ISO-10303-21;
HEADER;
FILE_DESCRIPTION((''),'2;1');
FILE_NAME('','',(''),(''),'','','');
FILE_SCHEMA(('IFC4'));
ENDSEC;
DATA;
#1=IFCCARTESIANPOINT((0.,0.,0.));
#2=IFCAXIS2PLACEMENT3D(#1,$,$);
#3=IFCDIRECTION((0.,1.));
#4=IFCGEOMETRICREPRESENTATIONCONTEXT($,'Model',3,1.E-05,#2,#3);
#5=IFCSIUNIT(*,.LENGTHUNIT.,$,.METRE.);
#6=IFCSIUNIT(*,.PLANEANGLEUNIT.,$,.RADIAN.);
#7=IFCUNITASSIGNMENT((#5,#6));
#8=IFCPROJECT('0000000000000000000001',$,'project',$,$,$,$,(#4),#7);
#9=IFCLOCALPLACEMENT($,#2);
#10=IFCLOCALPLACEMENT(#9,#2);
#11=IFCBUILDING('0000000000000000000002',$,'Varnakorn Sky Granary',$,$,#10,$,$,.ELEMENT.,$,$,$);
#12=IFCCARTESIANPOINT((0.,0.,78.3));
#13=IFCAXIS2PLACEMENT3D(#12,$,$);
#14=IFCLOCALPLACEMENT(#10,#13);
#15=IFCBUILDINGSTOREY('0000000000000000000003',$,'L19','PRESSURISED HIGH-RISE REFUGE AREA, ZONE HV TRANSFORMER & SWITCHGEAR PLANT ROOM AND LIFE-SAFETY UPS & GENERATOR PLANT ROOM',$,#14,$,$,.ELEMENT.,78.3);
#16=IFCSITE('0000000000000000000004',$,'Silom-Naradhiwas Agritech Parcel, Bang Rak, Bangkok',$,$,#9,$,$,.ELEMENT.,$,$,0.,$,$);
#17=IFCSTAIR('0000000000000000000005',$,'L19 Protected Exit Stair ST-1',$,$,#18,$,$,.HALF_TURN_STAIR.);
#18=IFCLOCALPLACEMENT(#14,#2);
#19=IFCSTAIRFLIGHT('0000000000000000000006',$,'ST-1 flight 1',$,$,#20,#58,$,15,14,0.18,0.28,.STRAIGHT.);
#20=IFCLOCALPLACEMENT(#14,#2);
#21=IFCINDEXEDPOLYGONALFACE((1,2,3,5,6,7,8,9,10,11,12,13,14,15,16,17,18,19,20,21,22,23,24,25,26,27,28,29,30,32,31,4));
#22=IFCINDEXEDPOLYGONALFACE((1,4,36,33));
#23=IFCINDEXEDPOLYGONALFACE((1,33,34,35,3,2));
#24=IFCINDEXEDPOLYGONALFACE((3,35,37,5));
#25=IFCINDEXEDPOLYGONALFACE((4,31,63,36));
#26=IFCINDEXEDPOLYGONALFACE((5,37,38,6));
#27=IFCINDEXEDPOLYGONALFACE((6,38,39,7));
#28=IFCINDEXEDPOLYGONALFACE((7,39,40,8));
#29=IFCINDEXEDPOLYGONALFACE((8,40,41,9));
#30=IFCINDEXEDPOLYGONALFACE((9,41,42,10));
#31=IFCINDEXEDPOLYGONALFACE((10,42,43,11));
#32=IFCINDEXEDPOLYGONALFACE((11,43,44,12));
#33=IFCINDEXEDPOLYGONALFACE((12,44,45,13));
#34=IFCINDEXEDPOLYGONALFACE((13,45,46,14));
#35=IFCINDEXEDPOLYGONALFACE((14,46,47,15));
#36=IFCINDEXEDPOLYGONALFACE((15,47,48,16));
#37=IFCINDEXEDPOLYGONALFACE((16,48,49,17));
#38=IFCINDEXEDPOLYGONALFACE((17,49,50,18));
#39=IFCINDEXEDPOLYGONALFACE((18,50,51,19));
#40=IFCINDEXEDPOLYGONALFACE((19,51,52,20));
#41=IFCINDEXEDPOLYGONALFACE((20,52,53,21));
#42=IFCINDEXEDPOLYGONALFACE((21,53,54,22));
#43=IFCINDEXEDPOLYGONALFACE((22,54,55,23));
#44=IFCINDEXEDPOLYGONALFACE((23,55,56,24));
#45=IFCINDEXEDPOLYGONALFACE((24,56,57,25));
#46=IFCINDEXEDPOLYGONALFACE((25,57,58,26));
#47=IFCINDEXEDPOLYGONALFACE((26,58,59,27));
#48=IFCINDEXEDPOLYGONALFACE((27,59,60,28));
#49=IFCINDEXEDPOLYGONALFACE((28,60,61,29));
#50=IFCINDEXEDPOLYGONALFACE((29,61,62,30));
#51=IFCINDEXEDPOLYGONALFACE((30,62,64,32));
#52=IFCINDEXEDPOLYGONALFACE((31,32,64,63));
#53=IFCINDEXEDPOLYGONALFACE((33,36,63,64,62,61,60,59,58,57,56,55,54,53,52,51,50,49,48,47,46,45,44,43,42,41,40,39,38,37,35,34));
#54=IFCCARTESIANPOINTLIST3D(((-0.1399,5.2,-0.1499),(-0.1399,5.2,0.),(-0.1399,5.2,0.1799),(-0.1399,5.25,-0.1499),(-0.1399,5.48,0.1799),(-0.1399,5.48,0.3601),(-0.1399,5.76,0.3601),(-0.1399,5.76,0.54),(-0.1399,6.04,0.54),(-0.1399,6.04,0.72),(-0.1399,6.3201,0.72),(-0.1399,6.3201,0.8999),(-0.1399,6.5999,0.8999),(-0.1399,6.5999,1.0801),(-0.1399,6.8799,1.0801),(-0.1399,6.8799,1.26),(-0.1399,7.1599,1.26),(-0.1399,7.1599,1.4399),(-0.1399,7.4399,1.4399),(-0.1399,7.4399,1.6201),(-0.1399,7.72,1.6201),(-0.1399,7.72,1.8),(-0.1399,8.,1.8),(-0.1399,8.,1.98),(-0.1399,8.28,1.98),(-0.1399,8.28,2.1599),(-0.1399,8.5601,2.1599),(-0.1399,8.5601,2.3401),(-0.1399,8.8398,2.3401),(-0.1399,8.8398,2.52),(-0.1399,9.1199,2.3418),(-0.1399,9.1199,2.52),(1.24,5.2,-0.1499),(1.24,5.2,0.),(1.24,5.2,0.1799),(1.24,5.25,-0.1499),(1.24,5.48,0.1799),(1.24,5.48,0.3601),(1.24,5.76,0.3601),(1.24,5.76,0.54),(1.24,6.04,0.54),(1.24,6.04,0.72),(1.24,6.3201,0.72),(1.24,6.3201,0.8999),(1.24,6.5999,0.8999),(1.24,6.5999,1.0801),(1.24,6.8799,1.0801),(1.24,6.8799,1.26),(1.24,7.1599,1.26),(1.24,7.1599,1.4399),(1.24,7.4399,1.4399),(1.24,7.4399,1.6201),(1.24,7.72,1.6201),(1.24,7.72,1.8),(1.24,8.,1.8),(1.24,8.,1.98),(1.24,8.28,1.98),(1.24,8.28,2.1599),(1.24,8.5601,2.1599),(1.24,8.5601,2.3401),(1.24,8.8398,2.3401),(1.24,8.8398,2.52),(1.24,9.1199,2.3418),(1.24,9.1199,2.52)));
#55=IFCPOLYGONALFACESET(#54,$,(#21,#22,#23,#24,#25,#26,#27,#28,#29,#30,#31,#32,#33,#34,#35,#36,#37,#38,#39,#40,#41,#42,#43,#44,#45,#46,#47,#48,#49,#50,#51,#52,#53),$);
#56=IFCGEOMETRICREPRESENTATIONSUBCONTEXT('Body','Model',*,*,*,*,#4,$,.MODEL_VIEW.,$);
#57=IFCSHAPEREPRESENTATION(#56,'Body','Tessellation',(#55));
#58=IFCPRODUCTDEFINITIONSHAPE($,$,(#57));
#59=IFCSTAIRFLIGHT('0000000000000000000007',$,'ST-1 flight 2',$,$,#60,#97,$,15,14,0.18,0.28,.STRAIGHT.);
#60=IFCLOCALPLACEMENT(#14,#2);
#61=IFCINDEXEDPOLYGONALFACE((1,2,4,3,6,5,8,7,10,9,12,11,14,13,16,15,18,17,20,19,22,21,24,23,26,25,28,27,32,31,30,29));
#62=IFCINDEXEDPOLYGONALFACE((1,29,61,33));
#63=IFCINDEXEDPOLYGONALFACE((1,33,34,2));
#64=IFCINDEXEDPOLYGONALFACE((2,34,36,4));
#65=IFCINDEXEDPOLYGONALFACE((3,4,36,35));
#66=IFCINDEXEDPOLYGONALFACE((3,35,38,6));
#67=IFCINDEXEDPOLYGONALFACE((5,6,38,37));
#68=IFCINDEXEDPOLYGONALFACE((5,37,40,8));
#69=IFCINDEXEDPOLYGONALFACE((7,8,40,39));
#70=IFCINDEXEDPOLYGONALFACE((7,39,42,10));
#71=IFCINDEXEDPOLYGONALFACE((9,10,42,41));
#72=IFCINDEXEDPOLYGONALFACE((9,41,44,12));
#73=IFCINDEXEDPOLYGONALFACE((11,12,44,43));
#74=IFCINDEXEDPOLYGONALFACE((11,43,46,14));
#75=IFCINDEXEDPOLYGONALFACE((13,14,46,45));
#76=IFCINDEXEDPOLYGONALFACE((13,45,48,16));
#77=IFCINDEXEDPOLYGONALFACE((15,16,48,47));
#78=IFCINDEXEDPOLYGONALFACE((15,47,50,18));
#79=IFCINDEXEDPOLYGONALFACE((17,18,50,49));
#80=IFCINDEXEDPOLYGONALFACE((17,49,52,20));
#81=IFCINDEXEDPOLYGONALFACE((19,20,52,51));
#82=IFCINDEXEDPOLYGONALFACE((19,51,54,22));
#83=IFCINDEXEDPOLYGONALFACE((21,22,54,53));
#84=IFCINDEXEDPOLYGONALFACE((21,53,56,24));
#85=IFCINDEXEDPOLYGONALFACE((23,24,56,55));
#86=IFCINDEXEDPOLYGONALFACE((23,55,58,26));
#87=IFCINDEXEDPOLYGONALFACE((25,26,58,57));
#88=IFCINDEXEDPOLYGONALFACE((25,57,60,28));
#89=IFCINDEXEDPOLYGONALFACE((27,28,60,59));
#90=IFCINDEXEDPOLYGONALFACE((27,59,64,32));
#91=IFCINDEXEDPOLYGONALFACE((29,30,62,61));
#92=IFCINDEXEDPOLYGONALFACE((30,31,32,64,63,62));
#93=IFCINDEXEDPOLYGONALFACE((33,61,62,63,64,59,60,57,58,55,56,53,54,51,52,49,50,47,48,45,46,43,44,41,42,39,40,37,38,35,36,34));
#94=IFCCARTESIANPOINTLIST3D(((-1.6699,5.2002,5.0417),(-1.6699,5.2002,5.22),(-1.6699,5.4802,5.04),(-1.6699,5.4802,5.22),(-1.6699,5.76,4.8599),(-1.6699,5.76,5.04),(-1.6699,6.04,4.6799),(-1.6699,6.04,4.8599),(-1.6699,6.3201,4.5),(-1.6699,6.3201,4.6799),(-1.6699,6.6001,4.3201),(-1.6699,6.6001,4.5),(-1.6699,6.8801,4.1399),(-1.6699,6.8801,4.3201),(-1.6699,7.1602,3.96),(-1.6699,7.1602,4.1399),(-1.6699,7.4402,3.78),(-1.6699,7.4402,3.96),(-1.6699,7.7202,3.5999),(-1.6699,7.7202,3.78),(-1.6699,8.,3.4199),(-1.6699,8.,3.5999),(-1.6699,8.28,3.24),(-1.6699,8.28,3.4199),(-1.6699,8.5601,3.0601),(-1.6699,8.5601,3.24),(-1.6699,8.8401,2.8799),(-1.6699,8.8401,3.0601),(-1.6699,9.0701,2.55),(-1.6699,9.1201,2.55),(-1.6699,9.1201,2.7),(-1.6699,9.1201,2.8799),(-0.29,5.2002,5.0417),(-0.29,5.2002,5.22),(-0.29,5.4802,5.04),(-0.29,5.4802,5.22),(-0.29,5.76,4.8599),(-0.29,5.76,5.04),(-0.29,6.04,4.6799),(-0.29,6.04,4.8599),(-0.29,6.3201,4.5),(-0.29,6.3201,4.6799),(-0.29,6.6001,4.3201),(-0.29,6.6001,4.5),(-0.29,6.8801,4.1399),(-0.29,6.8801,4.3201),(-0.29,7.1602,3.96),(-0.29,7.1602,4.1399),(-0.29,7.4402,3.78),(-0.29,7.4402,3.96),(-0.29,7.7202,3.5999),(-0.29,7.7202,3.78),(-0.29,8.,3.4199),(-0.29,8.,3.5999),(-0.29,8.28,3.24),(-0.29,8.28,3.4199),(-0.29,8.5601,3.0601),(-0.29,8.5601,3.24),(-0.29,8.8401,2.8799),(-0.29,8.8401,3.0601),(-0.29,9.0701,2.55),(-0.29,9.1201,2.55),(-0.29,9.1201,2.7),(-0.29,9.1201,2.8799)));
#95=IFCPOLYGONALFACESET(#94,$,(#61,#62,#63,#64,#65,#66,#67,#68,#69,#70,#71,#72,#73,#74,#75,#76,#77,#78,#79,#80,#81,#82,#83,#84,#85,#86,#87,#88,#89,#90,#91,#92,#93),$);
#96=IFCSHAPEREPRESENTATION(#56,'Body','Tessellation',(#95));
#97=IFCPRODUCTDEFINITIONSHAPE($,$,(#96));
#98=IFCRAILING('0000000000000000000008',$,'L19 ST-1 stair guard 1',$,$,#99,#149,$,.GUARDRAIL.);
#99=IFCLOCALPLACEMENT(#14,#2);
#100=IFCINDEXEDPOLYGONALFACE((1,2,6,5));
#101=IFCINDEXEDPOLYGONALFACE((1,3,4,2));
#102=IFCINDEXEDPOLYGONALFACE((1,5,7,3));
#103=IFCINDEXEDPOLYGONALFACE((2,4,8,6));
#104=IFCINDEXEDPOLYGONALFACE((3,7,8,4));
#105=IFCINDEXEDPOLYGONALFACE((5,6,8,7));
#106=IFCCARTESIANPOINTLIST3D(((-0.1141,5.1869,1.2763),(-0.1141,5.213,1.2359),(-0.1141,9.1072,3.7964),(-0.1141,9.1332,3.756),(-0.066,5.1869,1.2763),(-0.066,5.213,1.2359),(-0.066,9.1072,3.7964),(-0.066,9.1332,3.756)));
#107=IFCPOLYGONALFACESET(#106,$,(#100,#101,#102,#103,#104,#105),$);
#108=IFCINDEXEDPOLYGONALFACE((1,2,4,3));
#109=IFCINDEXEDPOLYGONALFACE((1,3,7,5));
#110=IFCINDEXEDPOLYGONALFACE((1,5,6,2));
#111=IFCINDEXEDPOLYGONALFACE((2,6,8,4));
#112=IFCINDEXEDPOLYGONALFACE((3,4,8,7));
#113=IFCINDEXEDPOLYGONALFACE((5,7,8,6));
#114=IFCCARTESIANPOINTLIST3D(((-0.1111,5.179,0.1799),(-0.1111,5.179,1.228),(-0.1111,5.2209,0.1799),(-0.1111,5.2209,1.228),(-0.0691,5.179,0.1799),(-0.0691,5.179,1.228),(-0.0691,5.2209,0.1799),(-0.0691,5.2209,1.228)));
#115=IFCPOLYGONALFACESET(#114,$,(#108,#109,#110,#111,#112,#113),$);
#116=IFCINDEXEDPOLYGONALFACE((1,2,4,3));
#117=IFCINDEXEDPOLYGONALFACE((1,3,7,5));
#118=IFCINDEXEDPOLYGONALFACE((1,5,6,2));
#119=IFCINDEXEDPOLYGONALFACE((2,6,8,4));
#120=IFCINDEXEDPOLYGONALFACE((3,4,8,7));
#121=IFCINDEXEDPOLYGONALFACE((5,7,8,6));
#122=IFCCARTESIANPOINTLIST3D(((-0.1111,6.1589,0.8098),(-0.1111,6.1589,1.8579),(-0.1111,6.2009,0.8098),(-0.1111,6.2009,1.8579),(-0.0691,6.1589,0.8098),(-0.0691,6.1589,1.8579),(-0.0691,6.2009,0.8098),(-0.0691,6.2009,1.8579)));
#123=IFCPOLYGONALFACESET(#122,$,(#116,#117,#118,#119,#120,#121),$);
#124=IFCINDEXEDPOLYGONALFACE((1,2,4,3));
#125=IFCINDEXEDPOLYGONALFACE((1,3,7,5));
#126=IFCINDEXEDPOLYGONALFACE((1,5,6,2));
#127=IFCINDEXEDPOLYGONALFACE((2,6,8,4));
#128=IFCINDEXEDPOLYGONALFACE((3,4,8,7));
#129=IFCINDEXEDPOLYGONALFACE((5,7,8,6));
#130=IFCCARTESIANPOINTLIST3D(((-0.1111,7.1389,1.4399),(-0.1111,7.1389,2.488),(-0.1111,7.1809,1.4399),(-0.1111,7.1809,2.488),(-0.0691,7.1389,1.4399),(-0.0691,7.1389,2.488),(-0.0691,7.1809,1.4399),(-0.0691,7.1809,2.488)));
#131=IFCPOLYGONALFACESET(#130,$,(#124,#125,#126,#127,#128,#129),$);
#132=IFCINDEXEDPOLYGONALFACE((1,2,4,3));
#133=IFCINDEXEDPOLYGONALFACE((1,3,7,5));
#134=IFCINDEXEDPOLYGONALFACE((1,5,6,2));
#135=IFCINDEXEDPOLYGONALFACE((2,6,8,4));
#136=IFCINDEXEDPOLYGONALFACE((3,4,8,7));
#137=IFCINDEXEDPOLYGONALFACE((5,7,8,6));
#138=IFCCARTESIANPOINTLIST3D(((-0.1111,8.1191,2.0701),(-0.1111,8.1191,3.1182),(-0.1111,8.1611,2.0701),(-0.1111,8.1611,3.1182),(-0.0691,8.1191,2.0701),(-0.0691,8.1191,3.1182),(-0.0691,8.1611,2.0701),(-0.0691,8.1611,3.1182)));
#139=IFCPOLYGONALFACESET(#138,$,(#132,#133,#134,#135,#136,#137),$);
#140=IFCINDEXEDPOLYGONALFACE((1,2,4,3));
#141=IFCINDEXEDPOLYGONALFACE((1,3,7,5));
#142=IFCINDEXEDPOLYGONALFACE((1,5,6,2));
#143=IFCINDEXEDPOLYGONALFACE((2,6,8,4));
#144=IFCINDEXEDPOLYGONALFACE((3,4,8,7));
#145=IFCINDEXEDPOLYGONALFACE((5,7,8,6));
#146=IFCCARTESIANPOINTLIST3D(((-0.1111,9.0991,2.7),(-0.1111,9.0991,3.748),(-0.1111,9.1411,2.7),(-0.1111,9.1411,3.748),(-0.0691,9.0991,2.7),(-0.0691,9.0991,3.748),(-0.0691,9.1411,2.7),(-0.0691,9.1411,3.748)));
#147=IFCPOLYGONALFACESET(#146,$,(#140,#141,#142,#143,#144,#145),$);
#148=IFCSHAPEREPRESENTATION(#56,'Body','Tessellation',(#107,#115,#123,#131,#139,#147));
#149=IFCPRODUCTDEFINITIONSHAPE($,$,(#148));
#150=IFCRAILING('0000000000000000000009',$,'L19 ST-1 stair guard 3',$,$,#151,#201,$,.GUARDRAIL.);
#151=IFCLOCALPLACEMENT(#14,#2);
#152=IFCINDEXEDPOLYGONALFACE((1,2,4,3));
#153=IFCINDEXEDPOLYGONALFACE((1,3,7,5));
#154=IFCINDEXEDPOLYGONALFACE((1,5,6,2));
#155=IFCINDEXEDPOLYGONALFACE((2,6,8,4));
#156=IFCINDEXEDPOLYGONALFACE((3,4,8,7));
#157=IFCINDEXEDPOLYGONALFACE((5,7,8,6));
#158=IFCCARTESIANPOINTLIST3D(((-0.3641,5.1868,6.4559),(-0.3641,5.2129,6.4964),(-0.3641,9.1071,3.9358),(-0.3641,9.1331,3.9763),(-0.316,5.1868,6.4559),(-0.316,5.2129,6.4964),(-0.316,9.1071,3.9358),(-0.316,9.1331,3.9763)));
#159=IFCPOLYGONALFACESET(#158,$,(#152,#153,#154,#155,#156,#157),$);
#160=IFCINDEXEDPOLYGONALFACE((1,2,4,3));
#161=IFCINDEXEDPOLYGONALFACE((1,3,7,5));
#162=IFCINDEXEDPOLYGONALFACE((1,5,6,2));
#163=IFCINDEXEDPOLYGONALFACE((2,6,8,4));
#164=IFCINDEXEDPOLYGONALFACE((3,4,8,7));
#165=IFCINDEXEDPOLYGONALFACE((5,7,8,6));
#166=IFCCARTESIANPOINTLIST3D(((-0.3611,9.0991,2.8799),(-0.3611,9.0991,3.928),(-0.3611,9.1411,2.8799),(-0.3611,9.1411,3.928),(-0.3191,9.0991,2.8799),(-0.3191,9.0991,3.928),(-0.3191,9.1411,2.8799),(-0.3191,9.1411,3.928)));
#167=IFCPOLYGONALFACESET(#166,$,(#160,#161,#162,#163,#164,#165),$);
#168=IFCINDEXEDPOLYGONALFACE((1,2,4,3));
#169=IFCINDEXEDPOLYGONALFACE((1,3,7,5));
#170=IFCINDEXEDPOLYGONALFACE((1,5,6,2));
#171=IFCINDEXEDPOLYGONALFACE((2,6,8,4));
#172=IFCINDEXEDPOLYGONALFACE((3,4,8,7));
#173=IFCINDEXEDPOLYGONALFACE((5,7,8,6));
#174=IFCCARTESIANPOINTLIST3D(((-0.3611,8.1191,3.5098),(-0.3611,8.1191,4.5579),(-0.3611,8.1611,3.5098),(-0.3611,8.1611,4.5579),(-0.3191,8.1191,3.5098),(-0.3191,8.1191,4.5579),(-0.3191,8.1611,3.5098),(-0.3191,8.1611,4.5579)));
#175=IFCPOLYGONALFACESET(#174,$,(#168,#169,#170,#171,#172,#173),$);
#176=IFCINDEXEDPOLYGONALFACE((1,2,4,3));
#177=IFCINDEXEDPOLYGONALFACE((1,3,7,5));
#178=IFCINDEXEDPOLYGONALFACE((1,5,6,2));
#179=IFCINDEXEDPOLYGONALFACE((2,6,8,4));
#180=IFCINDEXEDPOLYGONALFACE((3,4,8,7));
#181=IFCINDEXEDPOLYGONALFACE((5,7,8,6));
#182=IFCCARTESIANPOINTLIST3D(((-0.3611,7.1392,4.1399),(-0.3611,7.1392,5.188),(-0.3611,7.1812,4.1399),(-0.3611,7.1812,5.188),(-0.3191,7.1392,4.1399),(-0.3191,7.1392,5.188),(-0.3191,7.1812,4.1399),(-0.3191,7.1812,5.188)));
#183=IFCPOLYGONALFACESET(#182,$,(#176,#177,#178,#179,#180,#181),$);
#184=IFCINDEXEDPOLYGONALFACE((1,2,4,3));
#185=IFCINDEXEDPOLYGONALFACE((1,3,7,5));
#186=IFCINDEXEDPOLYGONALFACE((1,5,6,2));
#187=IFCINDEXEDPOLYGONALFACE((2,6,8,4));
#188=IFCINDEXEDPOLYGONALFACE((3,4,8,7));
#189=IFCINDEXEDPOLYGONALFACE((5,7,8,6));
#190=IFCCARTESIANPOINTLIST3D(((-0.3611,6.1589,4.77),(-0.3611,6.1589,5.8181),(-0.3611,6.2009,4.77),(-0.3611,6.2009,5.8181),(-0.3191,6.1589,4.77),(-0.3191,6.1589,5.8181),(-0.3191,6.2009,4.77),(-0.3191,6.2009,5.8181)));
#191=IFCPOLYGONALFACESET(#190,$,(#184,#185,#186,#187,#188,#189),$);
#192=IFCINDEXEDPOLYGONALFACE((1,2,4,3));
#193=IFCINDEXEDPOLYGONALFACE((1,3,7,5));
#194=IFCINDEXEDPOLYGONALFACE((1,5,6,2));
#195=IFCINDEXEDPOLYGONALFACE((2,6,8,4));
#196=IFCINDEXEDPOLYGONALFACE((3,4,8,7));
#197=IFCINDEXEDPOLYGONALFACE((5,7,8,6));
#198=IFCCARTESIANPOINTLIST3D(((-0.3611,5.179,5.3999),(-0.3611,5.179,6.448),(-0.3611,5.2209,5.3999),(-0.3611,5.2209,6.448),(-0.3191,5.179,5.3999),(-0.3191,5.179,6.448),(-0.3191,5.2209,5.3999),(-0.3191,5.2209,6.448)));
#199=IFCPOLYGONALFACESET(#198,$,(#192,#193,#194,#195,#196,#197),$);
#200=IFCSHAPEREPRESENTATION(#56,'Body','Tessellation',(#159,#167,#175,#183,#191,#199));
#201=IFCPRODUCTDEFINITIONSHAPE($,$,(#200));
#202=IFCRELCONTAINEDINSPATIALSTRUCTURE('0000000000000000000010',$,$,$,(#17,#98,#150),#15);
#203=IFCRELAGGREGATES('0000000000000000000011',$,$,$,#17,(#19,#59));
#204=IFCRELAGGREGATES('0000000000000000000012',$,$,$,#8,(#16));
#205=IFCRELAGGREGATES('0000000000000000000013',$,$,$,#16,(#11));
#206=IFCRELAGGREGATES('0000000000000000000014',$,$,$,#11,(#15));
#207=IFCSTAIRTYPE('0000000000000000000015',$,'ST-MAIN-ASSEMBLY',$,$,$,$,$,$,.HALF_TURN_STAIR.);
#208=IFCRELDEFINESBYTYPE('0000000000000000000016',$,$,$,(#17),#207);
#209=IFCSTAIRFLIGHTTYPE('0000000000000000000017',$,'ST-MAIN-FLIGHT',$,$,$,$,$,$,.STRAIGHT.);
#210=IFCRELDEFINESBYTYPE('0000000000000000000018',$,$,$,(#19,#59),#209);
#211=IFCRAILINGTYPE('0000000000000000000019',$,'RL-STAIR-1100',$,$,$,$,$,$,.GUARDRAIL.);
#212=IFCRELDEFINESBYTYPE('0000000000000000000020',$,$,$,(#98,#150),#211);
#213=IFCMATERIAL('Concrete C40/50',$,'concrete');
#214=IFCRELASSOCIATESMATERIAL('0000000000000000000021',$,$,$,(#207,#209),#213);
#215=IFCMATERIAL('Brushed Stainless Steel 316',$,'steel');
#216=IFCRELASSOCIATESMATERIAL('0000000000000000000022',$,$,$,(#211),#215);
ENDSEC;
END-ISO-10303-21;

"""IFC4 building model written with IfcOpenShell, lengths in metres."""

from ifc_helpers import new_model, si_unit, direction, frame, origin, origin_2d, place, context, subcontext, project, spatial, polyline, rectangle, outline, extrude, material, type_object, element, aggregate, save


model = new_model("IFC4")

# Units and contexts
model_context = context("Model", 3, precision=1e-05, world=origin(), true_north=direction((0.0, 1.0)))
body_context = subcontext(model_context, "Body", "Model", "MODEL_VIEW")
ifc_project = project(units=[si_unit("LENGTHUNIT", "METRE"), si_unit("PLANEANGLEUNIT", "RADIAN")], contexts=[model_context])

# Site, building, storey
site_placement = place(None, origin())
site = spatial("IfcSite", under=ifc_project, at=site_placement, Name="Silom-Naradhiwas Agritech Parcel, Bang Rak, Bangkok", CompositionType="ELEMENT", RefElevation=0.0)
building_placement = place(site_placement, origin())
building = spatial("IfcBuilding", under=site, at=building_placement, Name="Varnakorn Sky Granary", CompositionType="ELEMENT")
storey_placement = place(building_placement, frame((0.0, 0.0, 78.3)))
storey = spatial("IfcBuildingStorey", under=building, at=storey_placement, Name="L19", Description="PRESSURISED HIGH-RISE REFUGE AREA, ZONE HV TRANSFORMER & SWITCHGEAR PLANT ROOM AND LIFE-SAFETY UPS & GENERATOR PLANT ROOM", CompositionType="ELEMENT", Elevation=78.3)

# Stair, stair flights
ifc_material_1 = material(Name="Concrete C40/50", Category="concrete")
stair_type = type_object("IfcStairType", Name="ST-MAIN-ASSEMBLY", PredefinedType="HALF_TURN_STAIR", material=ifc_material_1)
stair_placement = place(storey_placement, origin())
stair = element("IfcStair", 1, at=stair_placement, inside=storey, type_object=stair_type, Name="L19 Protected Exit Stair ST-1", PredefinedType="HALF_TURN_STAIR")
stair_flight_type = type_object("IfcStairFlightType", Name="ST-MAIN-FLIGHT", PredefinedType="STRAIGHT", material=ifc_material_1)
stair_flight_1_placement = place(storey_placement, frame((0.55, 5.2, 0.0), z_axis=(0.0, 0.0, 1.0), x_axis=(0.0, 1.0, 0.0)))
stair_flight_1 = element("IfcStairFlight", 2, at=stair_flight_1_placement, type_object=stair_flight_type, Name="ST-1 flight 1", NumberOfRisers=15, NumberOfTreads=14, PredefinedType="STRAIGHT", RiserHeight=0.18, TreadLength=0.28, context=body_context, shape_type="SweptSolid", body=[
    extrude(outline(polyline([(0.0, -0.1499), (0.0, 0.0), (0.0, 0.1799), (0.28, 0.1799), (0.28, 0.3601), (0.5601, 0.3601), (0.5601, 0.54), (0.8401, 0.54), (0.8401, 0.72), (1.1201, 0.72), (1.1201, 0.8999), (1.3999, 0.8999), (1.3999, 1.0801), (1.6799, 1.0801), (1.6799, 1.26), (1.96, 1.26), (1.96, 1.4399), (2.24, 1.4399), (2.24, 1.6201), (2.52, 1.6201), (2.52, 1.8), (2.8, 1.8), (2.8, 1.98), (3.0801, 1.98), (3.0801, 2.1599), (3.3601, 2.1599), (3.3601, 2.3401), (3.6399, 2.3401), (3.6399, 2.52), (3.9199, 2.52), (3.9199, 2.7), (3.9199, 2.3418), (0.05, -0.1499), (0.0, -0.1499)])), frame((0.0, 0.6899, 0.0), z_axis=(0.0, -1.0, 0.0), x_axis=(1.0, 0.0, 0.0)), (0.0, 0.0, 1.0), 1.3799),
])
stair_flight_2_placement = place(storey_placement, frame((-0.98, 9.1201, 2.7), z_axis=(0.0, 0.0, 1.0), x_axis=(0.0, -1.0, 0.0)))
stair_flight_2 = element("IfcStairFlight", 3, at=stair_flight_2_placement, type_object=stair_flight_type, Name="ST-1 flight 2", NumberOfRisers=15, NumberOfTreads=14, PredefinedType="STRAIGHT", RiserHeight=0.18, TreadLength=0.28, context=body_context, shape_type="SweptSolid", body=[
    extrude(outline(polyline([(0.0, -0.1499), (0.0, 0.0), (0.0, 0.1799), (0.28, 0.1799), (0.28, 0.3601), (0.5601, 0.3601), (0.5601, 0.54), (0.8401, 0.54), (0.8401, 0.72), (1.1201, 0.72), (1.1201, 0.8999), (1.3999, 0.8999), (1.3999, 1.0801), (1.6799, 1.0801), (1.6799, 1.26), (1.96, 1.26), (1.96, 1.4399), (2.24, 1.4399), (2.24, 1.6201), (2.52, 1.6201), (2.52, 1.8), (2.8, 1.8), (2.8, 1.98), (3.0801, 1.98), (3.0801, 2.1599), (3.3601, 2.1599), (3.3601, 2.3401), (3.6399, 2.3401), (3.6399, 2.52), (3.9199, 2.52), (3.9199, 2.7), (3.9199, 2.3418), (0.05, -0.1499), (0.0, -0.1499)])), frame((0.0, 0.6899, 0.0), z_axis=(0.0, -1.0, 0.0), x_axis=(1.0, 0.0, 0.0)), (0.0, 0.0, 1.0), 1.3799),
])
aggregate(stair, [stair_flight_1, stair_flight_2])

# Railings
ifc_material_2 = material(Name="Brushed Stainless Steel 316", Category="steel")
railing_type_1 = type_object("IfcRailingType", Name="RL-STAIR-1100", PredefinedType="GUARDRAIL", material=ifc_material_2)
railing_1_placement = place(storey_placement, frame((-0.0901, 5.2, 0.1799)))
element("IfcRailing", 4, at=railing_1_placement, inside=storey, type_object=railing_type_1, Name="L19 ST-1 stair guard 1", PredefinedType="GUARDRAIL", context=body_context, shape_type="SweptSolid", body=[
    extrude(rectangle(XDim=0.0481, YDim=0.0481, at=origin_2d()), frame((0.0, 0.0, 1.0762), z_axis=(0.0, 0.841187, 0.540744), x_axis=(-1.0, 0.0, 0.0)), (0.0, 0.0, 1.0), 4.6604),
    extrude(rectangle(XDim=0.042, YDim=0.042, at=origin_2d()), origin(), (0.0, 0.0, 1.0), 1.0481),
    extrude(rectangle(XDim=0.042, YDim=0.042, at=origin_2d()), frame((0.0, 0.98, 0.6299)), (0.0, 0.0, 1.0), 1.0481),
    extrude(rectangle(XDim=0.042, YDim=0.042, at=origin_2d()), frame((0.0, 1.96, 1.26)), (0.0, 0.0, 1.0), 1.0481),
    extrude(rectangle(XDim=0.042, YDim=0.042, at=origin_2d()), frame((0.0, 2.9402, 1.8901)), (0.0, 0.0, 1.0), 1.0481),
    extrude(rectangle(XDim=0.042, YDim=0.042, at=origin_2d()), frame((0.0, 3.9202, 2.52)), (0.0, 0.0, 1.0), 1.0481),
])
railing_2_placement = place(storey_placement, frame((-0.3401, 9.1201, 2.8799)))
element("IfcRailing", 5, at=railing_2_placement, inside=storey, type_object=railing_type_1, Name="L19 ST-1 stair guard 3", PredefinedType="GUARDRAIL", context=body_context, shape_type="SweptSolid", body=[
    extrude(rectangle(XDim=0.0481, YDim=0.0481, at=origin_2d()), frame((0.0, 0.0, 1.0762), z_axis=(0.0, -0.841187, 0.540744), x_axis=(1.0, 0.0, 0.0)), (0.0, 0.0, 1.0), 4.6604),
    extrude(rectangle(XDim=0.042, YDim=0.042, at=origin_2d()), origin(), (0.0, 0.0, 1.0), 1.0481),
    extrude(rectangle(XDim=0.042, YDim=0.042, at=origin_2d()), frame((0.0, -0.98, 0.6299)), (0.0, 0.0, 1.0), 1.0481),
    extrude(rectangle(XDim=0.042, YDim=0.042, at=origin_2d()), frame((0.0, -1.96, 1.26)), (0.0, 0.0, 1.0), 1.0481),
    extrude(rectangle(XDim=0.042, YDim=0.042, at=origin_2d()), frame((0.0, -2.9402, 1.8901)), (0.0, 0.0, 1.0), 1.0481),
    extrude(rectangle(XDim=0.042, YDim=0.042, at=origin_2d()), frame((0.0, -3.9202, 2.52)), (0.0, 0.0, 1.0), 1.0481),
])

save(model, "model.ifc")
